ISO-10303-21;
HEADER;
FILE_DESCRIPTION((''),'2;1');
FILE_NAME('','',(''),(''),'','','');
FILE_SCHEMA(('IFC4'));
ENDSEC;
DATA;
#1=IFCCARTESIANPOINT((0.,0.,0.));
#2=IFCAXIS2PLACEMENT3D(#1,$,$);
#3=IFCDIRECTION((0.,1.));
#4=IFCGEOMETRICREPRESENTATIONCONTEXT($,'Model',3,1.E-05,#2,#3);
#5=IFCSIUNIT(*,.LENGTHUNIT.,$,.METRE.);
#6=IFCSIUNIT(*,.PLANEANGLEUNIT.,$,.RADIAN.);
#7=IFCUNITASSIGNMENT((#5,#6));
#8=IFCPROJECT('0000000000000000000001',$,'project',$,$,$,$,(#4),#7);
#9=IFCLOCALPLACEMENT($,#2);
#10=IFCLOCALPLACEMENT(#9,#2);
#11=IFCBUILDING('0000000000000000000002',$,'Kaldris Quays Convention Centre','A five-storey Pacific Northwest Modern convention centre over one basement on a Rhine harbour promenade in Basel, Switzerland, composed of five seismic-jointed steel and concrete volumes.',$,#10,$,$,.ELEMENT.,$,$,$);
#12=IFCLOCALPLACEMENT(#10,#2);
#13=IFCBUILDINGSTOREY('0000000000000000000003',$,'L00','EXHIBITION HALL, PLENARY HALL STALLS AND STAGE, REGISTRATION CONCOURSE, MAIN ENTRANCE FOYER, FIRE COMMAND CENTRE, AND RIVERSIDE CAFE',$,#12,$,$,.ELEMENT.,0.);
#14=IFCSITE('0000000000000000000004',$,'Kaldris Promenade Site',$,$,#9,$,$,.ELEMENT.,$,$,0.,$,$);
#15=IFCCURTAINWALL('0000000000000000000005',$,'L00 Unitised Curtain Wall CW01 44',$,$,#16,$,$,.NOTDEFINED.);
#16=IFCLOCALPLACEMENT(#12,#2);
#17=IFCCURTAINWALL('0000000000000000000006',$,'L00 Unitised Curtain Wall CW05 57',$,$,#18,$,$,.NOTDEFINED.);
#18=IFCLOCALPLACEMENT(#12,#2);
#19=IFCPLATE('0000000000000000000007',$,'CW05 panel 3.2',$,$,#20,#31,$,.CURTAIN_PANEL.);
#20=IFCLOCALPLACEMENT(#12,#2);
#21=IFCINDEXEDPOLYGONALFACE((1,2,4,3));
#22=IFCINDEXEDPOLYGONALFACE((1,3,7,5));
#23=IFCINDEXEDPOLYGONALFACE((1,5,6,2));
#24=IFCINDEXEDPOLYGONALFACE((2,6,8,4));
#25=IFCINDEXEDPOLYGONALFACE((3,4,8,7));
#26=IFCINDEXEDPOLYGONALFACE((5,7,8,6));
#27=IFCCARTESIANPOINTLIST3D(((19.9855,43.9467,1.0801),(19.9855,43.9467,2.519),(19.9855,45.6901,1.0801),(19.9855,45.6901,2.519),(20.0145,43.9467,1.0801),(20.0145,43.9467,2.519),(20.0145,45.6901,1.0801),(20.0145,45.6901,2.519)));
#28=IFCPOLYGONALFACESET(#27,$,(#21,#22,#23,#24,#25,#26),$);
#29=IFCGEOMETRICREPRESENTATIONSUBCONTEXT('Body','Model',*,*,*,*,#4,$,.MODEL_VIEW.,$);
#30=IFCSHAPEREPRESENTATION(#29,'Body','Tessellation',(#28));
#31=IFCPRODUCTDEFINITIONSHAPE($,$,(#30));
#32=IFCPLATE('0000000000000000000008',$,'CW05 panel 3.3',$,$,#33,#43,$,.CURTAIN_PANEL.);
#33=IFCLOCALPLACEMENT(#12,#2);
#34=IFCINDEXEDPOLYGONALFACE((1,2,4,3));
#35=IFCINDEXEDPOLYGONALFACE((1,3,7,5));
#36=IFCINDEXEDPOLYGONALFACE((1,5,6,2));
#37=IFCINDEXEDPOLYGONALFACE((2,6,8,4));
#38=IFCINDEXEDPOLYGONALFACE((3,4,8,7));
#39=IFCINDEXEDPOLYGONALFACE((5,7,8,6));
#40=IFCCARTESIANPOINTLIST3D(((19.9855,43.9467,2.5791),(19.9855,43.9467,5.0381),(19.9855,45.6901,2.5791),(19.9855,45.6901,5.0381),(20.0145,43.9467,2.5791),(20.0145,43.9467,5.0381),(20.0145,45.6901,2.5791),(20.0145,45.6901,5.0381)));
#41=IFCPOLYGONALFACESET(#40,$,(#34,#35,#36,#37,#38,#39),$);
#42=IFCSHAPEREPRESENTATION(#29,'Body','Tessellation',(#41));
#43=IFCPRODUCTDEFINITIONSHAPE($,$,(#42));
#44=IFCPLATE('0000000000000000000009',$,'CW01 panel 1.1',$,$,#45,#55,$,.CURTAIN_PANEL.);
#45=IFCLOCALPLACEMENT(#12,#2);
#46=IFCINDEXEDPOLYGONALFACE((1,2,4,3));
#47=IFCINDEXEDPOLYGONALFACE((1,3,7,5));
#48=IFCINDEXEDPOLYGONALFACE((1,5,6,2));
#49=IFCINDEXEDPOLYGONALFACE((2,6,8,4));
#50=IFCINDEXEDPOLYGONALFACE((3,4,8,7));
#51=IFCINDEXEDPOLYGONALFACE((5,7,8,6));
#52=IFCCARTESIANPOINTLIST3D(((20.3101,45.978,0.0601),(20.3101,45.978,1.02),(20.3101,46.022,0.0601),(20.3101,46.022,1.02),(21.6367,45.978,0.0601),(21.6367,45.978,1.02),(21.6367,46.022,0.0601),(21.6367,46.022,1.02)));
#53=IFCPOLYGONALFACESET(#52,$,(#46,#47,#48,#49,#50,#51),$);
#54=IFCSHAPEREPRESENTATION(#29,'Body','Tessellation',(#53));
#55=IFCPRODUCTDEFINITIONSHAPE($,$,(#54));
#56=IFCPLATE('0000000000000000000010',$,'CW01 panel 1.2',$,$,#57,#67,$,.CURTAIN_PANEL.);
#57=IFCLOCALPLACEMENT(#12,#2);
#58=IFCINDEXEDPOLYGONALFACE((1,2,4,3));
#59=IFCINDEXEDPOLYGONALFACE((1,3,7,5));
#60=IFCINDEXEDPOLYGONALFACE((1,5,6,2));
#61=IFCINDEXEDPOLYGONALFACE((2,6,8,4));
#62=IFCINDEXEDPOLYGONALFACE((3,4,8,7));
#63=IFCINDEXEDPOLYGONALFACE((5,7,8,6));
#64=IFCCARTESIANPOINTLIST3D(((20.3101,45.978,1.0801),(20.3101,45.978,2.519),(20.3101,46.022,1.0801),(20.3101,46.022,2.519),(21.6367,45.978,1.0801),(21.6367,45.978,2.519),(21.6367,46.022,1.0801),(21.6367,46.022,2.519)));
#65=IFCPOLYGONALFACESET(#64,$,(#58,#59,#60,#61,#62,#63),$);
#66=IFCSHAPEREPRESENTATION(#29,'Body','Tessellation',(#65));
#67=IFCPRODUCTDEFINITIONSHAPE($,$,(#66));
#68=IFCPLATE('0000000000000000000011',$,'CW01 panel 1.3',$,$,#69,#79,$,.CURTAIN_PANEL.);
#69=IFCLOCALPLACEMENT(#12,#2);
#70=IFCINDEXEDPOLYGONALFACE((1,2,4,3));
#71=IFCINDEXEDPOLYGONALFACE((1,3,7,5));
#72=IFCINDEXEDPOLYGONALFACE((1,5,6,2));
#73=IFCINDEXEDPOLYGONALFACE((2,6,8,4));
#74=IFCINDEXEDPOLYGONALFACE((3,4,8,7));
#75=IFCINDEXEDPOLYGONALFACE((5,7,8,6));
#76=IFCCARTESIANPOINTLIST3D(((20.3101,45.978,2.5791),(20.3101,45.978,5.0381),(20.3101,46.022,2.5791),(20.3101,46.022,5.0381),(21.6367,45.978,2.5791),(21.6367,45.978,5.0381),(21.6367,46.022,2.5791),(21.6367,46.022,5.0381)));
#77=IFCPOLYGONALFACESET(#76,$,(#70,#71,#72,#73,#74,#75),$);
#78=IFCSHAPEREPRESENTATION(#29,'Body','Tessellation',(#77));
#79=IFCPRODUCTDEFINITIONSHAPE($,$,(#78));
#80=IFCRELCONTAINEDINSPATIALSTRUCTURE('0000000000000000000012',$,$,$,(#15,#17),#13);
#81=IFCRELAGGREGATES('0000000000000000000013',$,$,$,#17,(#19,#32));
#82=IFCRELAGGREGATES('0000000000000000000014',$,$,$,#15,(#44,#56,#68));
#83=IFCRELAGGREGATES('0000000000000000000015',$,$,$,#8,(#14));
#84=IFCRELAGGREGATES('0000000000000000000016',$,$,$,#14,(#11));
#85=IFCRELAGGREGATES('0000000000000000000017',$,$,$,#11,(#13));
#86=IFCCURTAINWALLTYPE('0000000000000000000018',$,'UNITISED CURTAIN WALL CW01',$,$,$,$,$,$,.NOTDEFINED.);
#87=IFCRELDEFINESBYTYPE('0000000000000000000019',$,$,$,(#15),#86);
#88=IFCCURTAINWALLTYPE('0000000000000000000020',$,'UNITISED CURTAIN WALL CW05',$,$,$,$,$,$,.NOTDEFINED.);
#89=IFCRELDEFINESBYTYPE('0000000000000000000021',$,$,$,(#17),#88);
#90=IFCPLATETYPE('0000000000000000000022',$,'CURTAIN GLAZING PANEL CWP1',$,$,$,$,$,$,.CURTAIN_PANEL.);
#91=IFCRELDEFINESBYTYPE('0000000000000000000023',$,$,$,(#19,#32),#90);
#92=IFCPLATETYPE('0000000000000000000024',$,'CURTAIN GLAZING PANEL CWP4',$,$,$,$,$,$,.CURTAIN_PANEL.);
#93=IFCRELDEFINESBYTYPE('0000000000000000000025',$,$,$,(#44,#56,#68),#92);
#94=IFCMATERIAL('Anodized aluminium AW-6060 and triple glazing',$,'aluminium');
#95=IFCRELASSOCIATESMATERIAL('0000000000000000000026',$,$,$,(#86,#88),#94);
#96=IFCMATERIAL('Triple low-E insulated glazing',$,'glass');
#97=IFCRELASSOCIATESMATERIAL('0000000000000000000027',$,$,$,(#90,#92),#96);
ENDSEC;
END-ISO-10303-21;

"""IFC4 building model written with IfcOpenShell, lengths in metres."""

from ifc_helpers import new_model, si_unit, direction, frame, origin, origin_2d, place, context, subcontext, project, spatial, rectangle, extrude, material, type_object, element, aggregate, save


model = new_model("IFC4")

# Units and contexts
model_context = context("Model", 3, precision=1e-05, world=origin(), true_north=direction((0.0, 1.0)))
body_context = subcontext(model_context, "Body", "Model", "MODEL_VIEW")
ifc_project = project(units=[si_unit("LENGTHUNIT", "METRE"), si_unit("PLANEANGLEUNIT", "RADIAN")], contexts=[model_context])

# Site, building, storey
site_placement = place(None, origin())
site = spatial("IfcSite", under=ifc_project, at=site_placement, Name="Kaldris Promenade Site", CompositionType="ELEMENT", RefElevation=0.0)
building_placement = place(site_placement, origin())
building = spatial("IfcBuilding", under=site, at=building_placement, Name="Kaldris Quays Convention Centre", Description="A five-storey Pacific Northwest Modern convention centre over one basement on a Rhine harbour promenade in Basel, Switzerland, composed of five seismic-jointed steel and concrete volumes.", CompositionType="ELEMENT")
storey_placement = place(building_placement, origin())
storey = spatial("IfcBuildingStorey", under=building, at=storey_placement, Name="L00", Description="EXHIBITION HALL, PLENARY HALL STALLS AND STAGE, REGISTRATION CONCOURSE, MAIN ENTRANCE FOYER, FIRE COMMAND CENTRE, AND RIVERSIDE CAFE", CompositionType="ELEMENT", Elevation=0.0)

# Curtain walls
ifc_material_1 = material(Name="Anodized aluminium AW-6060 and triple glazing", Category="aluminium")
curtain_wall_type_1 = type_object("IfcCurtainWallType", Name="UNITISED CURTAIN WALL CW01", PredefinedType="NOTDEFINED", material=ifc_material_1)
curtain_wall_1_placement = place(storey_placement, origin())
curtain_wall_1 = element("IfcCurtainWall", 1, at=curtain_wall_1_placement, inside=storey, type_object=curtain_wall_type_1, Name="L00 Unitised Curtain Wall CW01 44", PredefinedType="NOTDEFINED")
curtain_wall_type_2 = type_object("IfcCurtainWallType", Name="UNITISED CURTAIN WALL CW05", PredefinedType="NOTDEFINED", material=ifc_material_1)
curtain_wall_2_placement = place(storey_placement, origin())
curtain_wall_2 = element("IfcCurtainWall", 2, at=curtain_wall_2_placement, inside=storey, type_object=curtain_wall_type_2, Name="L00 Unitised Curtain Wall CW05 57", PredefinedType="NOTDEFINED")

# Plates
ifc_material_2 = material(Name="Triple low-E insulated glazing", Category="glass")
plate_type_1 = type_object("IfcPlateType", Name="CURTAIN GLAZING PANEL CWP1", PredefinedType="CURTAIN_PANEL", material=ifc_material_2)
plate_1_placement = place(storey_placement, frame((20.0, 44.8184, 1.0801), z_axis=(0.0, 0.0, 1.0), x_axis=(0.0, 1.0, 0.0)))
plate_1 = element("IfcPlate", 3, at=plate_1_placement, type_object=plate_type_1, Name="CW05 panel 3.2", PredefinedType="CURTAIN_PANEL", context=body_context, shape_type="SweptSolid", body=[
    extrude(rectangle(XDim=1.7434, YDim=0.0291, at=origin_2d()), origin(), (0.0, 0.0, 1.0), 1.439),
])
plate_2_placement = place(storey_placement, frame((20.0, 44.8184, 2.5791), z_axis=(0.0, 0.0, 1.0), x_axis=(0.0, 1.0, 0.0)))
plate_2 = element("IfcPlate", 4, at=plate_2_placement, type_object=plate_type_1, Name="CW05 panel 3.3", PredefinedType="CURTAIN_PANEL", context=body_context, shape_type="SweptSolid", body=[
    extrude(rectangle(XDim=1.7434, YDim=0.0291, at=origin_2d()), origin(), (0.0, 0.0, 1.0), 2.459),
])
aggregate(curtain_wall_2, [plate_1, plate_2])
plate_type_2 = type_object("IfcPlateType", Name="CURTAIN GLAZING PANEL CWP4", PredefinedType="CURTAIN_PANEL", material=ifc_material_2)
plate_3_placement = place(storey_placement, frame((20.9734, 46.0, 0.0601), z_axis=(0.0, 0.0, 1.0), x_axis=(1.0, 0.0, 0.0)))
plate_3 = element("IfcPlate", 5, at=plate_3_placement, type_object=plate_type_2, Name="CW01 panel 1.1", PredefinedType="CURTAIN_PANEL", context=body_context, shape_type="SweptSolid", body=[
    extrude(rectangle(XDim=1.3267, YDim=0.0439, at=origin_2d()), origin(), (0.0, 0.0, 1.0), 0.96),
])
plate_4_placement = place(storey_placement, frame((20.9734, 46.0, 1.0801), z_axis=(0.0, 0.0, 1.0), x_axis=(1.0, 0.0, 0.0)))
plate_4 = element("IfcPlate", 6, at=plate_4_placement, type_object=plate_type_2, Name="CW01 panel 1.2", PredefinedType="CURTAIN_PANEL", context=body_context, shape_type="SweptSolid", body=[
    extrude(rectangle(XDim=1.3267, YDim=0.0439, at=origin_2d()), origin(), (0.0, 0.0, 1.0), 1.439),
])
plate_5_placement = place(storey_placement, frame((20.9734, 46.0, 2.5791), z_axis=(0.0, 0.0, 1.0), x_axis=(1.0, 0.0, 0.0)))
plate_5 = element("IfcPlate", 7, at=plate_5_placement, type_object=plate_type_2, Name="CW01 panel 1.3", PredefinedType="CURTAIN_PANEL", context=body_context, shape_type="SweptSolid", body=[
    extrude(rectangle(XDim=1.3267, YDim=0.0439, at=origin_2d()), origin(), (0.0, 0.0, 1.0), 2.459),
])
aggregate(curtain_wall_1, [plate_3, plate_4, plate_5])

save(model, "model.ifc")
